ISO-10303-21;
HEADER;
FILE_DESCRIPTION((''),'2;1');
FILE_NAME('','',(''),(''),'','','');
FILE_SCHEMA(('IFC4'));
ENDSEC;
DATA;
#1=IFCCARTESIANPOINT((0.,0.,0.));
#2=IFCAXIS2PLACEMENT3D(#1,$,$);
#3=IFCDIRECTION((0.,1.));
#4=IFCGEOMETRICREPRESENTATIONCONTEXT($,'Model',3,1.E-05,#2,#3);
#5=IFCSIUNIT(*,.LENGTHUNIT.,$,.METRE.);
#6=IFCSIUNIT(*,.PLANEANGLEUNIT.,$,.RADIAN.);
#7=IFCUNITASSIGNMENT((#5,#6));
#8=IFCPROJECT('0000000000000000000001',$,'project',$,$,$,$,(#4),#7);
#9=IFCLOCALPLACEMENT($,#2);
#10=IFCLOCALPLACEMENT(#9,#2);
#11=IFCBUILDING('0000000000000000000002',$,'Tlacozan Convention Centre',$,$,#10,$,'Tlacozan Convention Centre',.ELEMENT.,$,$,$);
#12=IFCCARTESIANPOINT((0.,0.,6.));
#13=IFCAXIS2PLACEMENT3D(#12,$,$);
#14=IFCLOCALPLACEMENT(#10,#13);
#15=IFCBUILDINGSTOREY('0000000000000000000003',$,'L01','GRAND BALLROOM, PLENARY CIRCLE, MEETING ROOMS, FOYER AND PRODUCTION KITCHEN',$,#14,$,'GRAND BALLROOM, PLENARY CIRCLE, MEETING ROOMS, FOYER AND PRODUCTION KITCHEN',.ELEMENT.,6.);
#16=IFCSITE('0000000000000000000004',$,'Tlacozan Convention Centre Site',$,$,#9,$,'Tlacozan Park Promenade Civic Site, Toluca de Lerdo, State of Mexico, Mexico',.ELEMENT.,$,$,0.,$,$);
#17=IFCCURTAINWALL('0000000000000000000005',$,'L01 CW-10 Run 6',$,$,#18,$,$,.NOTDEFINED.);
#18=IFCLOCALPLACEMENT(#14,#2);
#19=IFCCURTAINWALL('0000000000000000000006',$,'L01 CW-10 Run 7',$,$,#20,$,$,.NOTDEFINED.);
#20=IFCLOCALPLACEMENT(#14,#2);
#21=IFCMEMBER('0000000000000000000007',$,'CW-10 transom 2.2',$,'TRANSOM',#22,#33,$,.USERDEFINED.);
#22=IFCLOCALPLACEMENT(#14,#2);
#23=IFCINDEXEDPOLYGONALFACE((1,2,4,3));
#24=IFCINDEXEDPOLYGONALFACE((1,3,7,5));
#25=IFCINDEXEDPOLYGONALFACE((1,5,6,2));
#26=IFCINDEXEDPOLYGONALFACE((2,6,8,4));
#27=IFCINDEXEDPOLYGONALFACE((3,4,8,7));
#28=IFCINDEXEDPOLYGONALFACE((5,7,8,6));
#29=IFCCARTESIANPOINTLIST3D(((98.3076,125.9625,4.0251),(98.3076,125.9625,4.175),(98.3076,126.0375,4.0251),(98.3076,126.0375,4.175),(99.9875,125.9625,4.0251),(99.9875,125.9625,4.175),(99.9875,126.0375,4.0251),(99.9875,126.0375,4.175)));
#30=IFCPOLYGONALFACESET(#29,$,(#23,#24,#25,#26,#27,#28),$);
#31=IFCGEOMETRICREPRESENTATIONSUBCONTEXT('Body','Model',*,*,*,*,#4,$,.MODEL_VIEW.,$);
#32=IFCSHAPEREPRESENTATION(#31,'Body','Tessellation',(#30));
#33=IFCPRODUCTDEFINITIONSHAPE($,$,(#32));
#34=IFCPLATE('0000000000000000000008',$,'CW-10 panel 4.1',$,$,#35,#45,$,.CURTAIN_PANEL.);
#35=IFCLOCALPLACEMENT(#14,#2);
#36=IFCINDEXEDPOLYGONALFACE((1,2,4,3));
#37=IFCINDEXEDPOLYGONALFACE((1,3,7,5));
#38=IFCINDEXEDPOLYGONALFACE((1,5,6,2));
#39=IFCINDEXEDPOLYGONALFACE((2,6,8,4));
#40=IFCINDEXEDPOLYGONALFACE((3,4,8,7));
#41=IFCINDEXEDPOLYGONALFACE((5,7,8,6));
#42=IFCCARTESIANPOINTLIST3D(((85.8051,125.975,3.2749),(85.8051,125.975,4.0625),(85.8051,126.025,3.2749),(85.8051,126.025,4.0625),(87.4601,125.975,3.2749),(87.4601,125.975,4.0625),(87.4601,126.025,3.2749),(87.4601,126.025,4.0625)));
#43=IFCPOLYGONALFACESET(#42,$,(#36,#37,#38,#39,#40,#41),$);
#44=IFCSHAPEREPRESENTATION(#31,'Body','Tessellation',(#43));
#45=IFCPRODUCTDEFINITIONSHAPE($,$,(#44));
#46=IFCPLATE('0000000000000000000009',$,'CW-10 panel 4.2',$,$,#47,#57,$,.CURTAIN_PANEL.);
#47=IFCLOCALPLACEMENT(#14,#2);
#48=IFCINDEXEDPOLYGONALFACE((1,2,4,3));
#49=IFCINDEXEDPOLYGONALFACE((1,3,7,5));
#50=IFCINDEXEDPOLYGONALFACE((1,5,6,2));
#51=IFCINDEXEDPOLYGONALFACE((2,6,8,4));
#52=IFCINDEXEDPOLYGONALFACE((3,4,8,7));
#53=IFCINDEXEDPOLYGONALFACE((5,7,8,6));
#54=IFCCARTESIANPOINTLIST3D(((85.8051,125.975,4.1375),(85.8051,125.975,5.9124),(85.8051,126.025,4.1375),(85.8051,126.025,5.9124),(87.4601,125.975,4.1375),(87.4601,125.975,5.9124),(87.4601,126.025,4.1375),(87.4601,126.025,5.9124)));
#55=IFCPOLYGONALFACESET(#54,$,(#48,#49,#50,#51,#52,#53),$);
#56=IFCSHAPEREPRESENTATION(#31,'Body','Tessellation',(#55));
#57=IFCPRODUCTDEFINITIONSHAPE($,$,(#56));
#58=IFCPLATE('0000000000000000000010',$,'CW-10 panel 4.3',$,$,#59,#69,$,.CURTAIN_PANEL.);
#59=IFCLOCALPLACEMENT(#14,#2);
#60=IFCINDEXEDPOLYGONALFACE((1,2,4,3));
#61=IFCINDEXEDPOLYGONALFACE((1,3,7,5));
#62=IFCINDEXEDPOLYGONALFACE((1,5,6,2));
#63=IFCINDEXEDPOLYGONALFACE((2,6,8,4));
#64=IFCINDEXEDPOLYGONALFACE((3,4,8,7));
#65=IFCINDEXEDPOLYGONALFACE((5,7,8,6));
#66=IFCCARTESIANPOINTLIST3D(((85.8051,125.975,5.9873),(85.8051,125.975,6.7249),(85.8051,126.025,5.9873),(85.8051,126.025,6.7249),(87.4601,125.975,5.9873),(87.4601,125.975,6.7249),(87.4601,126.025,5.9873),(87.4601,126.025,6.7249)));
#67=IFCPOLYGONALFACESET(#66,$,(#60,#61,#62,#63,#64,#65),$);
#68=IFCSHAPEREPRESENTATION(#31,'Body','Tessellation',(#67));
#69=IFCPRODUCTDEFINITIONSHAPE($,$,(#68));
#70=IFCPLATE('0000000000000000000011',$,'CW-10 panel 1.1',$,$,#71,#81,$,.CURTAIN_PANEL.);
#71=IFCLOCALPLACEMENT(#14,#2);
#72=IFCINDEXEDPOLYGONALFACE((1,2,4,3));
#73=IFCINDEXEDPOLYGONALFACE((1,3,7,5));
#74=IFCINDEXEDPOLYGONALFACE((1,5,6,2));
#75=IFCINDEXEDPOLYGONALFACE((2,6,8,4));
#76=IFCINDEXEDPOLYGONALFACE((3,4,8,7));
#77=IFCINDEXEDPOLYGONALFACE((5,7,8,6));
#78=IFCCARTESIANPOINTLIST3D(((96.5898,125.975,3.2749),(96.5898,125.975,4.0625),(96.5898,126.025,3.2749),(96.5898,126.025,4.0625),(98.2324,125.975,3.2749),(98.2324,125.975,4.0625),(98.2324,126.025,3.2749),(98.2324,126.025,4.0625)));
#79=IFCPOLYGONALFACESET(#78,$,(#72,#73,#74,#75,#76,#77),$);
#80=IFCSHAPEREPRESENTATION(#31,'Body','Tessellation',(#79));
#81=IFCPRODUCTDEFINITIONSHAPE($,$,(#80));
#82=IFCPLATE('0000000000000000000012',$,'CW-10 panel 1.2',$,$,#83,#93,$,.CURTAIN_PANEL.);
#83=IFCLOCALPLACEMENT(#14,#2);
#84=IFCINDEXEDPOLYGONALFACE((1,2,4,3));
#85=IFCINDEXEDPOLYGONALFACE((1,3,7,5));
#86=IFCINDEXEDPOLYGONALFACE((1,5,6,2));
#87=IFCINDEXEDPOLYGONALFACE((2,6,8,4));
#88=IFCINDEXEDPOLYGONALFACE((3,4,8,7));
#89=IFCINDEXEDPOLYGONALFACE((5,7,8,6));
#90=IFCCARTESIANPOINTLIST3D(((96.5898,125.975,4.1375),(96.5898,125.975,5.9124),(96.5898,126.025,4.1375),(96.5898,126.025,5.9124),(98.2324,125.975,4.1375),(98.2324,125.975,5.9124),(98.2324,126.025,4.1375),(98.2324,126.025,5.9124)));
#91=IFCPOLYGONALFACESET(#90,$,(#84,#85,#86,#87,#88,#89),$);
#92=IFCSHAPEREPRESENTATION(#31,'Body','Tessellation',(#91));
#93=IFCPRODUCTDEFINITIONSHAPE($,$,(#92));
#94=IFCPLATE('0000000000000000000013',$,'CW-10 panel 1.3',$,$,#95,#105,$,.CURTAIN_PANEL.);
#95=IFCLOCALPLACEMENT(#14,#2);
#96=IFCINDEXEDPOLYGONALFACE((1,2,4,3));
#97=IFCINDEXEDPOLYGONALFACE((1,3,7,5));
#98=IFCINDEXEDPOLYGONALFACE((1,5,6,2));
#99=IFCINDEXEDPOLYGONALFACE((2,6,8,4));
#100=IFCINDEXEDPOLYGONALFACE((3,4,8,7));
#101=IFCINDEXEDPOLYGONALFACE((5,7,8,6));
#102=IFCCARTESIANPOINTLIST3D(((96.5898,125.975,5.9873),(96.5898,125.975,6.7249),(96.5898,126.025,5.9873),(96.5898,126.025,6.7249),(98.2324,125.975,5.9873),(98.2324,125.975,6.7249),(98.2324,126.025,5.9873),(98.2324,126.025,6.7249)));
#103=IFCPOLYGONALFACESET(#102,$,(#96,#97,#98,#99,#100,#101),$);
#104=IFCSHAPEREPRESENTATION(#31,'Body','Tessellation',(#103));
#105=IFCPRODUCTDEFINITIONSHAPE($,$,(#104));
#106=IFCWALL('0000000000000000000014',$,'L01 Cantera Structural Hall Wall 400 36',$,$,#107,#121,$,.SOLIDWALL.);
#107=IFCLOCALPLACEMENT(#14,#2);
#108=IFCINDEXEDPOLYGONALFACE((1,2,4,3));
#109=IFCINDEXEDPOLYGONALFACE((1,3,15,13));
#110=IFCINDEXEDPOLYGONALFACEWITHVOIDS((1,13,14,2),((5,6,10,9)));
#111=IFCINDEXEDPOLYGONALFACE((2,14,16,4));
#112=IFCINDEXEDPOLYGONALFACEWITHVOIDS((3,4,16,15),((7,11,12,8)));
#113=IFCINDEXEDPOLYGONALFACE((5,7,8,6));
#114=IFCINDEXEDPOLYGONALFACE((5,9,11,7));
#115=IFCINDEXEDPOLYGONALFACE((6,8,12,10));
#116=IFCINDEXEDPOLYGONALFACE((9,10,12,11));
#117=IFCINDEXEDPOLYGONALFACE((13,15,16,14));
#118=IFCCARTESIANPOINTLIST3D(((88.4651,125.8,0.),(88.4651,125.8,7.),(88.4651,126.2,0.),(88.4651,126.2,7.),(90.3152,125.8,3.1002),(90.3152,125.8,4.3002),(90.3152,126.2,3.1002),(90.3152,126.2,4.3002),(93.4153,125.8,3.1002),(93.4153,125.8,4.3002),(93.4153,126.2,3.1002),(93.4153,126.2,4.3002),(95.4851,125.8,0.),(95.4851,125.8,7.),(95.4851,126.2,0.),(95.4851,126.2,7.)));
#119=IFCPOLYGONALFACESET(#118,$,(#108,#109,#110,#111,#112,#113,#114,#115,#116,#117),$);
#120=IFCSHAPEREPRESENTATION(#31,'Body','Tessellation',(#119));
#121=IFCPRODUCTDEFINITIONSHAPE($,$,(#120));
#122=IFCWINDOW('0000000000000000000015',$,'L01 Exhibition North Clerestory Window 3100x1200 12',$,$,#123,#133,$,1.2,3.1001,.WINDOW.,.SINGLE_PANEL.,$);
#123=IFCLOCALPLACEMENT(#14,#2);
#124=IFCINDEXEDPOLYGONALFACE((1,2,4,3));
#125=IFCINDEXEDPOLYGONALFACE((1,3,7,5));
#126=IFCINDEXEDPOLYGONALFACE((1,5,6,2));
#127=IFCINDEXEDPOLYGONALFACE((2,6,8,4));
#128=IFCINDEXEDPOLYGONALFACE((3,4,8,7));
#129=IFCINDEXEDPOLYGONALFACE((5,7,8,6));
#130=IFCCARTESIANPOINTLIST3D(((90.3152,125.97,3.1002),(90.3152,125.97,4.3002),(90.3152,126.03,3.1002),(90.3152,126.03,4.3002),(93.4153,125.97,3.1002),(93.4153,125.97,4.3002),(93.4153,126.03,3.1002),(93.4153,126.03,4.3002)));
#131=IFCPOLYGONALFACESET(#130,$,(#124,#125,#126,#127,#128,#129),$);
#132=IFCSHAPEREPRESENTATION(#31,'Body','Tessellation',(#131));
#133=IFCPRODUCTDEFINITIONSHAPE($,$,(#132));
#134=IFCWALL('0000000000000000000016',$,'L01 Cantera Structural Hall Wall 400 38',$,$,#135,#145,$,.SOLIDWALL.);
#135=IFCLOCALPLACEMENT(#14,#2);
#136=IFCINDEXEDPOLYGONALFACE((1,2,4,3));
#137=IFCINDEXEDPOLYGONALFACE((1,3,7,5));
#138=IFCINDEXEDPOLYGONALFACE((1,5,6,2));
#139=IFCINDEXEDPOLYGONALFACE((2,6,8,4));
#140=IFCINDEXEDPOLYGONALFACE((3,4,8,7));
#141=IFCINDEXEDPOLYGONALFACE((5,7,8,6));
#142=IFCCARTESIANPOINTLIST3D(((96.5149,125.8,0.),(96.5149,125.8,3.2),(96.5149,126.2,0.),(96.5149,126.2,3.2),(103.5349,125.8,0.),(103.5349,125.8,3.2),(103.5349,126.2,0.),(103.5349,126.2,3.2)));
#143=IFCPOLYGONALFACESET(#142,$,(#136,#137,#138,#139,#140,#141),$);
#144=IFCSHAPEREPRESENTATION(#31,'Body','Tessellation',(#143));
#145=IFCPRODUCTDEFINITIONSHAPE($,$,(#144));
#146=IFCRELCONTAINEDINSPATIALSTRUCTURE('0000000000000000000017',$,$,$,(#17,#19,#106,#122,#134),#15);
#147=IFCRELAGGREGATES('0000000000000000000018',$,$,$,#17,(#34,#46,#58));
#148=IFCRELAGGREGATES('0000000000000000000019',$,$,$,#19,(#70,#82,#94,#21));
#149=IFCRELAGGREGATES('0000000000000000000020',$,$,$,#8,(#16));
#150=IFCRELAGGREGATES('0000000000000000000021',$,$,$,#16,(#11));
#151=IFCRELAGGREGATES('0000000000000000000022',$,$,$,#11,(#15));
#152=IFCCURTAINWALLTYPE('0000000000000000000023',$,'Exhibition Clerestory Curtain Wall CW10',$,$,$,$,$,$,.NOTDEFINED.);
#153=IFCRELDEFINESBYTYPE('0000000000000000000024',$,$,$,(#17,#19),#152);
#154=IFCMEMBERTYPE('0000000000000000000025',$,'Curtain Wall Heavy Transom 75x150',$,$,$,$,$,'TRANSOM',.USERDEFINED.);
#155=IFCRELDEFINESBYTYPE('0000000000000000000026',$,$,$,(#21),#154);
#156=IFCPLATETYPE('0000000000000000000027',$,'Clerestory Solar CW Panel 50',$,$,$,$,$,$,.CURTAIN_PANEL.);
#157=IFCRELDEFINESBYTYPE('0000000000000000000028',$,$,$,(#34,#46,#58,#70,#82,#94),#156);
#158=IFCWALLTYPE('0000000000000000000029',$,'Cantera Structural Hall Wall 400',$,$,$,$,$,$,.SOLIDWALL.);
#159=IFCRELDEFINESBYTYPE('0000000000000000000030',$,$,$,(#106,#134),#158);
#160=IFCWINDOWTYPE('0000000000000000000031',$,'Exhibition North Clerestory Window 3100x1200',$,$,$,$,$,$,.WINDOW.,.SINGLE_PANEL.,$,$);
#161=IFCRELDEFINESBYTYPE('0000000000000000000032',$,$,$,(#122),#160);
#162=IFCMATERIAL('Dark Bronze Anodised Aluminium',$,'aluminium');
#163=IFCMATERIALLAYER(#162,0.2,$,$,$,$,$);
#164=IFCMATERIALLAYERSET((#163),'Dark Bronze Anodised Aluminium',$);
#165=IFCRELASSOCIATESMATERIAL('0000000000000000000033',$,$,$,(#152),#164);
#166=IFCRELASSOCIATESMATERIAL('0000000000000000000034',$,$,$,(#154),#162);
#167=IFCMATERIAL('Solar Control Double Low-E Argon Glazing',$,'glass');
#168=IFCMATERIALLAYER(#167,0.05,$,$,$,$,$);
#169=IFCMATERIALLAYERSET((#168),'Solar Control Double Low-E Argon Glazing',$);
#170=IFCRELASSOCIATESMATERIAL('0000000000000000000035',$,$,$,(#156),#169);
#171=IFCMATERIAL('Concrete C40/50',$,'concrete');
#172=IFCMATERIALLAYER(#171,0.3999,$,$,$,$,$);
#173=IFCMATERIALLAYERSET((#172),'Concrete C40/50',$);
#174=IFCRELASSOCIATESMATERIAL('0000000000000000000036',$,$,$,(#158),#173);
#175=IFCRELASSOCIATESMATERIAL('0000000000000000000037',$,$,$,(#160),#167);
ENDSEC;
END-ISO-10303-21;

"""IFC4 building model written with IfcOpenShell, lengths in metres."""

from ifc_helpers import new_model, si_unit, direction, frame, frame_2d, origin, origin_2d, place, context, subcontext, project, spatial, rectangle, extrude, material, layer, layer_set, material_profile, profile_set, type_object, element, fill, aggregate, save


model = new_model("IFC4")

# Units and contexts
model_context = context("Model", 3, precision=1e-05, world=origin(), true_north=direction((0.0, 1.0)))
body_context = subcontext(model_context, "Body", "Model", "MODEL_VIEW")
ifc_project = project(units=[si_unit("LENGTHUNIT", "METRE"), si_unit("PLANEANGLEUNIT", "RADIAN")], contexts=[model_context])

# Site, building, storey
site_placement = place(None, origin())
site = spatial("IfcSite", under=ifc_project, at=site_placement, Name="Tlacozan Convention Centre Site", LongName="Tlacozan Park Promenade Civic Site, Toluca de Lerdo, State of Mexico, Mexico", CompositionType="ELEMENT", RefElevation=0.0)
building_placement = place(site_placement, origin())
building = spatial("IfcBuilding", under=site, at=building_placement, Name="Tlacozan Convention Centre", LongName="Tlacozan Convention Centre", CompositionType="ELEMENT")
storey_placement = place(building_placement, frame((0.0, 0.0, 6.0)))
storey = spatial("IfcBuildingStorey", under=building, at=storey_placement, Name="L01", Description="GRAND BALLROOM, PLENARY CIRCLE, MEETING ROOMS, FOYER AND PRODUCTION KITCHEN", LongName="GRAND BALLROOM, PLENARY CIRCLE, MEETING ROOMS, FOYER AND PRODUCTION KITCHEN", CompositionType="ELEMENT", Elevation=6.0)

# Shared definitions
ifc_material_1 = material(Name="Concrete C40/50", Category="concrete")

# Curtain wall
ifc_material_2 = material(Name="Dark Bronze Anodised Aluminium", Category="aluminium")
ifc_layer_1 = layer(ifc_material_2, 0.2)
ifc_layer_set_1 = layer_set([ifc_layer_1], Name="Dark Bronze Anodised Aluminium")
curtain_wall_type = type_object("IfcCurtainWallType", Name="Exhibition Clerestory Curtain Wall CW10", PredefinedType="NOTDEFINED", material=ifc_layer_set_1)
curtain_wall_1_placement = place(storey_placement, origin())
curtain_wall_1 = element("IfcCurtainWall", 1, at=curtain_wall_1_placement, inside=storey, type_object=curtain_wall_type, Name="L01 CW-10 Run 6", PredefinedType="NOTDEFINED")

# Curtain wall
curtain_wall_2_placement = place(storey_placement, origin())
curtain_wall_2 = element("IfcCurtainWall", 2, at=curtain_wall_2_placement, inside=storey, type_object=curtain_wall_type, Name="L01 CW-10 Run 7", PredefinedType="NOTDEFINED")

# Member
ifc_material_profile_1 = material_profile(ifc_material_2, rectangle(XDim=0.075, YDim=0.1499, at=origin_2d()), Name="ALU 75x150")
ifc_profile_set_1 = profile_set([ifc_material_profile_1], Name="Dark Bronze Anodised Aluminium")
member_type_1 = type_object("IfcMemberType", Name="Curtain Wall Heavy Transom 75x150", ElementType="TRANSOM", PredefinedType="USERDEFINED", material=ifc_profile_set_1)
member_1_placement = place(storey_placement, frame((98.3076, 126.0, 4.1001), z_axis=(1.0, 0.0, 0.0), x_axis=(0.0, 1.0, 0.0)))
member_1 = element("IfcMember", 3, at=member_1_placement, type_object=member_type_1, Name="CW-10 transom 2.2", ObjectType="TRANSOM", PredefinedType="USERDEFINED", context=body_context, shape_type="SweptSolid", body=[
    extrude(rectangle(XDim=0.075, YDim=0.1499, at=origin_2d()), origin(), (0.0, 0.0, 1.0), 1.6799),
])

# Plates
ifc_material_3 = material(Name="Solar Control Double Low-E Argon Glazing", Category="glass")
ifc_layer_2 = layer(ifc_material_3, 0.05)
ifc_layer_set_2 = layer_set([ifc_layer_2], Name="Solar Control Double Low-E Argon Glazing")
plate_type = type_object("IfcPlateType", Name="Clerestory Solar CW Panel 50", PredefinedType="CURTAIN_PANEL", material=ifc_layer_set_2)
plate_1_placement = place(storey_placement, frame((86.6326, 126.0, 3.2749), z_axis=(0.0, 0.0, 1.0), x_axis=(1.0, 0.0, 0.0)))
plate_1 = element("IfcPlate", 4, at=plate_1_placement, type_object=plate_type, Name="CW-10 panel 4.1", PredefinedType="CURTAIN_PANEL", context=body_context, shape_type="SweptSolid", body=[
    extrude(rectangle(XDim=1.655, YDim=0.05, at=origin_2d()), origin(), (0.0, 0.0, 1.0), 0.7876),
])
plate_2_placement = place(storey_placement, frame((86.6326, 126.0, 4.1375), z_axis=(0.0, 0.0, 1.0), x_axis=(1.0, 0.0, 0.0)))
plate_2 = element("IfcPlate", 5, at=plate_2_placement, type_object=plate_type, Name="CW-10 panel 4.2", PredefinedType="CURTAIN_PANEL", context=body_context, shape_type="SweptSolid", body=[
    extrude(rectangle(XDim=1.655, YDim=0.05, at=origin_2d()), origin(), (0.0, 0.0, 1.0), 1.7749),
])
plate_3_placement = place(storey_placement, frame((86.6326, 126.0, 5.9873), z_axis=(0.0, 0.0, 1.0), x_axis=(1.0, 0.0, 0.0)))
plate_3 = element("IfcPlate", 6, at=plate_3_placement, type_object=plate_type, Name="CW-10 panel 4.3", PredefinedType="CURTAIN_PANEL", context=body_context, shape_type="SweptSolid", body=[
    extrude(rectangle(XDim=1.655, YDim=0.05, at=origin_2d()), origin(), (0.0, 0.0, 1.0), 0.7375),
])
aggregate(curtain_wall_1, [plate_1, plate_2, plate_3])
plate_4_placement = place(storey_placement, frame((97.4111, 126.0, 3.2749), z_axis=(0.0, 0.0, 1.0), x_axis=(1.0, 0.0, 0.0)))
plate_4 = element("IfcPlate", 7, at=plate_4_placement, type_object=plate_type, Name="CW-10 panel 1.1", PredefinedType="CURTAIN_PANEL", context=body_context, shape_type="SweptSolid", body=[
    extrude(rectangle(XDim=1.6426, YDim=0.05, at=origin_2d()), origin(), (0.0, 0.0, 1.0), 0.7876),
])
plate_5_placement = place(storey_placement, frame((97.4111, 126.0, 4.1375), z_axis=(0.0, 0.0, 1.0), x_axis=(1.0, 0.0, 0.0)))
plate_5 = element("IfcPlate", 8, at=plate_5_placement, type_object=plate_type, Name="CW-10 panel 1.2", PredefinedType="CURTAIN_PANEL", context=body_context, shape_type="SweptSolid", body=[
    extrude(rectangle(XDim=1.6426, YDim=0.05, at=origin_2d()), origin(), (0.0, 0.0, 1.0), 1.7749),
])
plate_6_placement = place(storey_placement, frame((97.4111, 126.0, 5.9873), z_axis=(0.0, 0.0, 1.0), x_axis=(1.0, 0.0, 0.0)))
plate_6 = element("IfcPlate", 9, at=plate_6_placement, type_object=plate_type, Name="CW-10 panel 1.3", PredefinedType="CURTAIN_PANEL", context=body_context, shape_type="SweptSolid", body=[
    extrude(rectangle(XDim=1.6426, YDim=0.05, at=origin_2d()), origin(), (0.0, 0.0, 1.0), 0.7375),
])
aggregate(curtain_wall_2, [plate_4, plate_5, plate_6, member_1])

# Wall, opening, window
ifc_layer_3 = layer(ifc_material_1, 0.3999)
ifc_layer_set_3 = layer_set([ifc_layer_3], Name="Concrete C40/50")
wall_type = type_object("IfcWallType", Name="Cantera Structural Hall Wall 400", PredefinedType="SOLIDWALL", material=ifc_layer_set_3)
wall_1_placement = place(storey_placement, frame((88.4651, 126.0, 0.0), z_axis=(0.0, 0.0, 1.0), x_axis=(1.0, 0.0, 0.0)))
wall_1 = element("IfcWall", 10, at=wall_1_placement, inside=storey, type_object=wall_type, Name="L01 Cantera Structural Hall Wall 400 36", PredefinedType="SOLIDWALL", context=body_context, shape_type="SweptSolid", body=[
    extrude(rectangle(XDim=7.02, YDim=0.3999, at=frame_2d((3.51, 0.0))), origin(), (0.0, 0.0, 1.0), 7.0),
])
opening_placement = place(wall_1_placement, frame((1.8501, 0.0, 3.1001)))
opening = element("IfcOpeningElement", 11, at=opening_placement, cuts=wall_1, PredefinedType="OPENING", context=body_context, shape_type="SweptSolid", body=[
    extrude(rectangle(XDim=3.1001, YDim=1.2, at=frame_2d((1.55, 0.6001))), frame((0.0, 0.21, 0.0), z_axis=(0.0, -1.0, 0.0), x_axis=(1.0, 0.0, 0.0)), (0.0, 0.0, 1.0), 0.4199),
])
window_type = type_object("IfcWindowType", Name="Exhibition North Clerestory Window 3100x1200", PartitioningType="SINGLE_PANEL", PredefinedType="WINDOW", material=ifc_material_3)
window_placement = place(opening_placement, origin())
window = element("IfcWindow", 12, at=window_placement, inside=storey, type_object=window_type, Name="L01 Exhibition North Clerestory Window 3100x1200 12", OverallHeight=1.2, OverallWidth=3.1001, PartitioningType="SINGLE_PANEL", PredefinedType="WINDOW", context=body_context, shape_type="SweptSolid", body=[
    extrude(rectangle(XDim=3.1001, YDim=1.2, at=frame_2d((1.55, 0.6001))), frame((0.0, 0.03, 0.0), z_axis=(0.0, -1.0, 0.0), x_axis=(1.0, 0.0, 0.0)), (0.0, 0.0, 1.0), 0.0601),
])
fill(opening, window)

# Wall
wall_2_placement = place(storey_placement, frame((96.5149, 126.0, 0.0), z_axis=(0.0, 0.0, 1.0), x_axis=(1.0, 0.0, 0.0)))
element("IfcWall", 13, at=wall_2_placement, inside=storey, type_object=wall_type, Name="L01 Cantera Structural Hall Wall 400 38", PredefinedType="SOLIDWALL", context=body_context, shape_type="SweptSolid", body=[
    extrude(rectangle(XDim=7.02, YDim=0.3999, at=frame_2d((3.51, 0.0))), origin(), (0.0, 0.0, 1.0), 3.2),
])

save(model, "model.ifc")
